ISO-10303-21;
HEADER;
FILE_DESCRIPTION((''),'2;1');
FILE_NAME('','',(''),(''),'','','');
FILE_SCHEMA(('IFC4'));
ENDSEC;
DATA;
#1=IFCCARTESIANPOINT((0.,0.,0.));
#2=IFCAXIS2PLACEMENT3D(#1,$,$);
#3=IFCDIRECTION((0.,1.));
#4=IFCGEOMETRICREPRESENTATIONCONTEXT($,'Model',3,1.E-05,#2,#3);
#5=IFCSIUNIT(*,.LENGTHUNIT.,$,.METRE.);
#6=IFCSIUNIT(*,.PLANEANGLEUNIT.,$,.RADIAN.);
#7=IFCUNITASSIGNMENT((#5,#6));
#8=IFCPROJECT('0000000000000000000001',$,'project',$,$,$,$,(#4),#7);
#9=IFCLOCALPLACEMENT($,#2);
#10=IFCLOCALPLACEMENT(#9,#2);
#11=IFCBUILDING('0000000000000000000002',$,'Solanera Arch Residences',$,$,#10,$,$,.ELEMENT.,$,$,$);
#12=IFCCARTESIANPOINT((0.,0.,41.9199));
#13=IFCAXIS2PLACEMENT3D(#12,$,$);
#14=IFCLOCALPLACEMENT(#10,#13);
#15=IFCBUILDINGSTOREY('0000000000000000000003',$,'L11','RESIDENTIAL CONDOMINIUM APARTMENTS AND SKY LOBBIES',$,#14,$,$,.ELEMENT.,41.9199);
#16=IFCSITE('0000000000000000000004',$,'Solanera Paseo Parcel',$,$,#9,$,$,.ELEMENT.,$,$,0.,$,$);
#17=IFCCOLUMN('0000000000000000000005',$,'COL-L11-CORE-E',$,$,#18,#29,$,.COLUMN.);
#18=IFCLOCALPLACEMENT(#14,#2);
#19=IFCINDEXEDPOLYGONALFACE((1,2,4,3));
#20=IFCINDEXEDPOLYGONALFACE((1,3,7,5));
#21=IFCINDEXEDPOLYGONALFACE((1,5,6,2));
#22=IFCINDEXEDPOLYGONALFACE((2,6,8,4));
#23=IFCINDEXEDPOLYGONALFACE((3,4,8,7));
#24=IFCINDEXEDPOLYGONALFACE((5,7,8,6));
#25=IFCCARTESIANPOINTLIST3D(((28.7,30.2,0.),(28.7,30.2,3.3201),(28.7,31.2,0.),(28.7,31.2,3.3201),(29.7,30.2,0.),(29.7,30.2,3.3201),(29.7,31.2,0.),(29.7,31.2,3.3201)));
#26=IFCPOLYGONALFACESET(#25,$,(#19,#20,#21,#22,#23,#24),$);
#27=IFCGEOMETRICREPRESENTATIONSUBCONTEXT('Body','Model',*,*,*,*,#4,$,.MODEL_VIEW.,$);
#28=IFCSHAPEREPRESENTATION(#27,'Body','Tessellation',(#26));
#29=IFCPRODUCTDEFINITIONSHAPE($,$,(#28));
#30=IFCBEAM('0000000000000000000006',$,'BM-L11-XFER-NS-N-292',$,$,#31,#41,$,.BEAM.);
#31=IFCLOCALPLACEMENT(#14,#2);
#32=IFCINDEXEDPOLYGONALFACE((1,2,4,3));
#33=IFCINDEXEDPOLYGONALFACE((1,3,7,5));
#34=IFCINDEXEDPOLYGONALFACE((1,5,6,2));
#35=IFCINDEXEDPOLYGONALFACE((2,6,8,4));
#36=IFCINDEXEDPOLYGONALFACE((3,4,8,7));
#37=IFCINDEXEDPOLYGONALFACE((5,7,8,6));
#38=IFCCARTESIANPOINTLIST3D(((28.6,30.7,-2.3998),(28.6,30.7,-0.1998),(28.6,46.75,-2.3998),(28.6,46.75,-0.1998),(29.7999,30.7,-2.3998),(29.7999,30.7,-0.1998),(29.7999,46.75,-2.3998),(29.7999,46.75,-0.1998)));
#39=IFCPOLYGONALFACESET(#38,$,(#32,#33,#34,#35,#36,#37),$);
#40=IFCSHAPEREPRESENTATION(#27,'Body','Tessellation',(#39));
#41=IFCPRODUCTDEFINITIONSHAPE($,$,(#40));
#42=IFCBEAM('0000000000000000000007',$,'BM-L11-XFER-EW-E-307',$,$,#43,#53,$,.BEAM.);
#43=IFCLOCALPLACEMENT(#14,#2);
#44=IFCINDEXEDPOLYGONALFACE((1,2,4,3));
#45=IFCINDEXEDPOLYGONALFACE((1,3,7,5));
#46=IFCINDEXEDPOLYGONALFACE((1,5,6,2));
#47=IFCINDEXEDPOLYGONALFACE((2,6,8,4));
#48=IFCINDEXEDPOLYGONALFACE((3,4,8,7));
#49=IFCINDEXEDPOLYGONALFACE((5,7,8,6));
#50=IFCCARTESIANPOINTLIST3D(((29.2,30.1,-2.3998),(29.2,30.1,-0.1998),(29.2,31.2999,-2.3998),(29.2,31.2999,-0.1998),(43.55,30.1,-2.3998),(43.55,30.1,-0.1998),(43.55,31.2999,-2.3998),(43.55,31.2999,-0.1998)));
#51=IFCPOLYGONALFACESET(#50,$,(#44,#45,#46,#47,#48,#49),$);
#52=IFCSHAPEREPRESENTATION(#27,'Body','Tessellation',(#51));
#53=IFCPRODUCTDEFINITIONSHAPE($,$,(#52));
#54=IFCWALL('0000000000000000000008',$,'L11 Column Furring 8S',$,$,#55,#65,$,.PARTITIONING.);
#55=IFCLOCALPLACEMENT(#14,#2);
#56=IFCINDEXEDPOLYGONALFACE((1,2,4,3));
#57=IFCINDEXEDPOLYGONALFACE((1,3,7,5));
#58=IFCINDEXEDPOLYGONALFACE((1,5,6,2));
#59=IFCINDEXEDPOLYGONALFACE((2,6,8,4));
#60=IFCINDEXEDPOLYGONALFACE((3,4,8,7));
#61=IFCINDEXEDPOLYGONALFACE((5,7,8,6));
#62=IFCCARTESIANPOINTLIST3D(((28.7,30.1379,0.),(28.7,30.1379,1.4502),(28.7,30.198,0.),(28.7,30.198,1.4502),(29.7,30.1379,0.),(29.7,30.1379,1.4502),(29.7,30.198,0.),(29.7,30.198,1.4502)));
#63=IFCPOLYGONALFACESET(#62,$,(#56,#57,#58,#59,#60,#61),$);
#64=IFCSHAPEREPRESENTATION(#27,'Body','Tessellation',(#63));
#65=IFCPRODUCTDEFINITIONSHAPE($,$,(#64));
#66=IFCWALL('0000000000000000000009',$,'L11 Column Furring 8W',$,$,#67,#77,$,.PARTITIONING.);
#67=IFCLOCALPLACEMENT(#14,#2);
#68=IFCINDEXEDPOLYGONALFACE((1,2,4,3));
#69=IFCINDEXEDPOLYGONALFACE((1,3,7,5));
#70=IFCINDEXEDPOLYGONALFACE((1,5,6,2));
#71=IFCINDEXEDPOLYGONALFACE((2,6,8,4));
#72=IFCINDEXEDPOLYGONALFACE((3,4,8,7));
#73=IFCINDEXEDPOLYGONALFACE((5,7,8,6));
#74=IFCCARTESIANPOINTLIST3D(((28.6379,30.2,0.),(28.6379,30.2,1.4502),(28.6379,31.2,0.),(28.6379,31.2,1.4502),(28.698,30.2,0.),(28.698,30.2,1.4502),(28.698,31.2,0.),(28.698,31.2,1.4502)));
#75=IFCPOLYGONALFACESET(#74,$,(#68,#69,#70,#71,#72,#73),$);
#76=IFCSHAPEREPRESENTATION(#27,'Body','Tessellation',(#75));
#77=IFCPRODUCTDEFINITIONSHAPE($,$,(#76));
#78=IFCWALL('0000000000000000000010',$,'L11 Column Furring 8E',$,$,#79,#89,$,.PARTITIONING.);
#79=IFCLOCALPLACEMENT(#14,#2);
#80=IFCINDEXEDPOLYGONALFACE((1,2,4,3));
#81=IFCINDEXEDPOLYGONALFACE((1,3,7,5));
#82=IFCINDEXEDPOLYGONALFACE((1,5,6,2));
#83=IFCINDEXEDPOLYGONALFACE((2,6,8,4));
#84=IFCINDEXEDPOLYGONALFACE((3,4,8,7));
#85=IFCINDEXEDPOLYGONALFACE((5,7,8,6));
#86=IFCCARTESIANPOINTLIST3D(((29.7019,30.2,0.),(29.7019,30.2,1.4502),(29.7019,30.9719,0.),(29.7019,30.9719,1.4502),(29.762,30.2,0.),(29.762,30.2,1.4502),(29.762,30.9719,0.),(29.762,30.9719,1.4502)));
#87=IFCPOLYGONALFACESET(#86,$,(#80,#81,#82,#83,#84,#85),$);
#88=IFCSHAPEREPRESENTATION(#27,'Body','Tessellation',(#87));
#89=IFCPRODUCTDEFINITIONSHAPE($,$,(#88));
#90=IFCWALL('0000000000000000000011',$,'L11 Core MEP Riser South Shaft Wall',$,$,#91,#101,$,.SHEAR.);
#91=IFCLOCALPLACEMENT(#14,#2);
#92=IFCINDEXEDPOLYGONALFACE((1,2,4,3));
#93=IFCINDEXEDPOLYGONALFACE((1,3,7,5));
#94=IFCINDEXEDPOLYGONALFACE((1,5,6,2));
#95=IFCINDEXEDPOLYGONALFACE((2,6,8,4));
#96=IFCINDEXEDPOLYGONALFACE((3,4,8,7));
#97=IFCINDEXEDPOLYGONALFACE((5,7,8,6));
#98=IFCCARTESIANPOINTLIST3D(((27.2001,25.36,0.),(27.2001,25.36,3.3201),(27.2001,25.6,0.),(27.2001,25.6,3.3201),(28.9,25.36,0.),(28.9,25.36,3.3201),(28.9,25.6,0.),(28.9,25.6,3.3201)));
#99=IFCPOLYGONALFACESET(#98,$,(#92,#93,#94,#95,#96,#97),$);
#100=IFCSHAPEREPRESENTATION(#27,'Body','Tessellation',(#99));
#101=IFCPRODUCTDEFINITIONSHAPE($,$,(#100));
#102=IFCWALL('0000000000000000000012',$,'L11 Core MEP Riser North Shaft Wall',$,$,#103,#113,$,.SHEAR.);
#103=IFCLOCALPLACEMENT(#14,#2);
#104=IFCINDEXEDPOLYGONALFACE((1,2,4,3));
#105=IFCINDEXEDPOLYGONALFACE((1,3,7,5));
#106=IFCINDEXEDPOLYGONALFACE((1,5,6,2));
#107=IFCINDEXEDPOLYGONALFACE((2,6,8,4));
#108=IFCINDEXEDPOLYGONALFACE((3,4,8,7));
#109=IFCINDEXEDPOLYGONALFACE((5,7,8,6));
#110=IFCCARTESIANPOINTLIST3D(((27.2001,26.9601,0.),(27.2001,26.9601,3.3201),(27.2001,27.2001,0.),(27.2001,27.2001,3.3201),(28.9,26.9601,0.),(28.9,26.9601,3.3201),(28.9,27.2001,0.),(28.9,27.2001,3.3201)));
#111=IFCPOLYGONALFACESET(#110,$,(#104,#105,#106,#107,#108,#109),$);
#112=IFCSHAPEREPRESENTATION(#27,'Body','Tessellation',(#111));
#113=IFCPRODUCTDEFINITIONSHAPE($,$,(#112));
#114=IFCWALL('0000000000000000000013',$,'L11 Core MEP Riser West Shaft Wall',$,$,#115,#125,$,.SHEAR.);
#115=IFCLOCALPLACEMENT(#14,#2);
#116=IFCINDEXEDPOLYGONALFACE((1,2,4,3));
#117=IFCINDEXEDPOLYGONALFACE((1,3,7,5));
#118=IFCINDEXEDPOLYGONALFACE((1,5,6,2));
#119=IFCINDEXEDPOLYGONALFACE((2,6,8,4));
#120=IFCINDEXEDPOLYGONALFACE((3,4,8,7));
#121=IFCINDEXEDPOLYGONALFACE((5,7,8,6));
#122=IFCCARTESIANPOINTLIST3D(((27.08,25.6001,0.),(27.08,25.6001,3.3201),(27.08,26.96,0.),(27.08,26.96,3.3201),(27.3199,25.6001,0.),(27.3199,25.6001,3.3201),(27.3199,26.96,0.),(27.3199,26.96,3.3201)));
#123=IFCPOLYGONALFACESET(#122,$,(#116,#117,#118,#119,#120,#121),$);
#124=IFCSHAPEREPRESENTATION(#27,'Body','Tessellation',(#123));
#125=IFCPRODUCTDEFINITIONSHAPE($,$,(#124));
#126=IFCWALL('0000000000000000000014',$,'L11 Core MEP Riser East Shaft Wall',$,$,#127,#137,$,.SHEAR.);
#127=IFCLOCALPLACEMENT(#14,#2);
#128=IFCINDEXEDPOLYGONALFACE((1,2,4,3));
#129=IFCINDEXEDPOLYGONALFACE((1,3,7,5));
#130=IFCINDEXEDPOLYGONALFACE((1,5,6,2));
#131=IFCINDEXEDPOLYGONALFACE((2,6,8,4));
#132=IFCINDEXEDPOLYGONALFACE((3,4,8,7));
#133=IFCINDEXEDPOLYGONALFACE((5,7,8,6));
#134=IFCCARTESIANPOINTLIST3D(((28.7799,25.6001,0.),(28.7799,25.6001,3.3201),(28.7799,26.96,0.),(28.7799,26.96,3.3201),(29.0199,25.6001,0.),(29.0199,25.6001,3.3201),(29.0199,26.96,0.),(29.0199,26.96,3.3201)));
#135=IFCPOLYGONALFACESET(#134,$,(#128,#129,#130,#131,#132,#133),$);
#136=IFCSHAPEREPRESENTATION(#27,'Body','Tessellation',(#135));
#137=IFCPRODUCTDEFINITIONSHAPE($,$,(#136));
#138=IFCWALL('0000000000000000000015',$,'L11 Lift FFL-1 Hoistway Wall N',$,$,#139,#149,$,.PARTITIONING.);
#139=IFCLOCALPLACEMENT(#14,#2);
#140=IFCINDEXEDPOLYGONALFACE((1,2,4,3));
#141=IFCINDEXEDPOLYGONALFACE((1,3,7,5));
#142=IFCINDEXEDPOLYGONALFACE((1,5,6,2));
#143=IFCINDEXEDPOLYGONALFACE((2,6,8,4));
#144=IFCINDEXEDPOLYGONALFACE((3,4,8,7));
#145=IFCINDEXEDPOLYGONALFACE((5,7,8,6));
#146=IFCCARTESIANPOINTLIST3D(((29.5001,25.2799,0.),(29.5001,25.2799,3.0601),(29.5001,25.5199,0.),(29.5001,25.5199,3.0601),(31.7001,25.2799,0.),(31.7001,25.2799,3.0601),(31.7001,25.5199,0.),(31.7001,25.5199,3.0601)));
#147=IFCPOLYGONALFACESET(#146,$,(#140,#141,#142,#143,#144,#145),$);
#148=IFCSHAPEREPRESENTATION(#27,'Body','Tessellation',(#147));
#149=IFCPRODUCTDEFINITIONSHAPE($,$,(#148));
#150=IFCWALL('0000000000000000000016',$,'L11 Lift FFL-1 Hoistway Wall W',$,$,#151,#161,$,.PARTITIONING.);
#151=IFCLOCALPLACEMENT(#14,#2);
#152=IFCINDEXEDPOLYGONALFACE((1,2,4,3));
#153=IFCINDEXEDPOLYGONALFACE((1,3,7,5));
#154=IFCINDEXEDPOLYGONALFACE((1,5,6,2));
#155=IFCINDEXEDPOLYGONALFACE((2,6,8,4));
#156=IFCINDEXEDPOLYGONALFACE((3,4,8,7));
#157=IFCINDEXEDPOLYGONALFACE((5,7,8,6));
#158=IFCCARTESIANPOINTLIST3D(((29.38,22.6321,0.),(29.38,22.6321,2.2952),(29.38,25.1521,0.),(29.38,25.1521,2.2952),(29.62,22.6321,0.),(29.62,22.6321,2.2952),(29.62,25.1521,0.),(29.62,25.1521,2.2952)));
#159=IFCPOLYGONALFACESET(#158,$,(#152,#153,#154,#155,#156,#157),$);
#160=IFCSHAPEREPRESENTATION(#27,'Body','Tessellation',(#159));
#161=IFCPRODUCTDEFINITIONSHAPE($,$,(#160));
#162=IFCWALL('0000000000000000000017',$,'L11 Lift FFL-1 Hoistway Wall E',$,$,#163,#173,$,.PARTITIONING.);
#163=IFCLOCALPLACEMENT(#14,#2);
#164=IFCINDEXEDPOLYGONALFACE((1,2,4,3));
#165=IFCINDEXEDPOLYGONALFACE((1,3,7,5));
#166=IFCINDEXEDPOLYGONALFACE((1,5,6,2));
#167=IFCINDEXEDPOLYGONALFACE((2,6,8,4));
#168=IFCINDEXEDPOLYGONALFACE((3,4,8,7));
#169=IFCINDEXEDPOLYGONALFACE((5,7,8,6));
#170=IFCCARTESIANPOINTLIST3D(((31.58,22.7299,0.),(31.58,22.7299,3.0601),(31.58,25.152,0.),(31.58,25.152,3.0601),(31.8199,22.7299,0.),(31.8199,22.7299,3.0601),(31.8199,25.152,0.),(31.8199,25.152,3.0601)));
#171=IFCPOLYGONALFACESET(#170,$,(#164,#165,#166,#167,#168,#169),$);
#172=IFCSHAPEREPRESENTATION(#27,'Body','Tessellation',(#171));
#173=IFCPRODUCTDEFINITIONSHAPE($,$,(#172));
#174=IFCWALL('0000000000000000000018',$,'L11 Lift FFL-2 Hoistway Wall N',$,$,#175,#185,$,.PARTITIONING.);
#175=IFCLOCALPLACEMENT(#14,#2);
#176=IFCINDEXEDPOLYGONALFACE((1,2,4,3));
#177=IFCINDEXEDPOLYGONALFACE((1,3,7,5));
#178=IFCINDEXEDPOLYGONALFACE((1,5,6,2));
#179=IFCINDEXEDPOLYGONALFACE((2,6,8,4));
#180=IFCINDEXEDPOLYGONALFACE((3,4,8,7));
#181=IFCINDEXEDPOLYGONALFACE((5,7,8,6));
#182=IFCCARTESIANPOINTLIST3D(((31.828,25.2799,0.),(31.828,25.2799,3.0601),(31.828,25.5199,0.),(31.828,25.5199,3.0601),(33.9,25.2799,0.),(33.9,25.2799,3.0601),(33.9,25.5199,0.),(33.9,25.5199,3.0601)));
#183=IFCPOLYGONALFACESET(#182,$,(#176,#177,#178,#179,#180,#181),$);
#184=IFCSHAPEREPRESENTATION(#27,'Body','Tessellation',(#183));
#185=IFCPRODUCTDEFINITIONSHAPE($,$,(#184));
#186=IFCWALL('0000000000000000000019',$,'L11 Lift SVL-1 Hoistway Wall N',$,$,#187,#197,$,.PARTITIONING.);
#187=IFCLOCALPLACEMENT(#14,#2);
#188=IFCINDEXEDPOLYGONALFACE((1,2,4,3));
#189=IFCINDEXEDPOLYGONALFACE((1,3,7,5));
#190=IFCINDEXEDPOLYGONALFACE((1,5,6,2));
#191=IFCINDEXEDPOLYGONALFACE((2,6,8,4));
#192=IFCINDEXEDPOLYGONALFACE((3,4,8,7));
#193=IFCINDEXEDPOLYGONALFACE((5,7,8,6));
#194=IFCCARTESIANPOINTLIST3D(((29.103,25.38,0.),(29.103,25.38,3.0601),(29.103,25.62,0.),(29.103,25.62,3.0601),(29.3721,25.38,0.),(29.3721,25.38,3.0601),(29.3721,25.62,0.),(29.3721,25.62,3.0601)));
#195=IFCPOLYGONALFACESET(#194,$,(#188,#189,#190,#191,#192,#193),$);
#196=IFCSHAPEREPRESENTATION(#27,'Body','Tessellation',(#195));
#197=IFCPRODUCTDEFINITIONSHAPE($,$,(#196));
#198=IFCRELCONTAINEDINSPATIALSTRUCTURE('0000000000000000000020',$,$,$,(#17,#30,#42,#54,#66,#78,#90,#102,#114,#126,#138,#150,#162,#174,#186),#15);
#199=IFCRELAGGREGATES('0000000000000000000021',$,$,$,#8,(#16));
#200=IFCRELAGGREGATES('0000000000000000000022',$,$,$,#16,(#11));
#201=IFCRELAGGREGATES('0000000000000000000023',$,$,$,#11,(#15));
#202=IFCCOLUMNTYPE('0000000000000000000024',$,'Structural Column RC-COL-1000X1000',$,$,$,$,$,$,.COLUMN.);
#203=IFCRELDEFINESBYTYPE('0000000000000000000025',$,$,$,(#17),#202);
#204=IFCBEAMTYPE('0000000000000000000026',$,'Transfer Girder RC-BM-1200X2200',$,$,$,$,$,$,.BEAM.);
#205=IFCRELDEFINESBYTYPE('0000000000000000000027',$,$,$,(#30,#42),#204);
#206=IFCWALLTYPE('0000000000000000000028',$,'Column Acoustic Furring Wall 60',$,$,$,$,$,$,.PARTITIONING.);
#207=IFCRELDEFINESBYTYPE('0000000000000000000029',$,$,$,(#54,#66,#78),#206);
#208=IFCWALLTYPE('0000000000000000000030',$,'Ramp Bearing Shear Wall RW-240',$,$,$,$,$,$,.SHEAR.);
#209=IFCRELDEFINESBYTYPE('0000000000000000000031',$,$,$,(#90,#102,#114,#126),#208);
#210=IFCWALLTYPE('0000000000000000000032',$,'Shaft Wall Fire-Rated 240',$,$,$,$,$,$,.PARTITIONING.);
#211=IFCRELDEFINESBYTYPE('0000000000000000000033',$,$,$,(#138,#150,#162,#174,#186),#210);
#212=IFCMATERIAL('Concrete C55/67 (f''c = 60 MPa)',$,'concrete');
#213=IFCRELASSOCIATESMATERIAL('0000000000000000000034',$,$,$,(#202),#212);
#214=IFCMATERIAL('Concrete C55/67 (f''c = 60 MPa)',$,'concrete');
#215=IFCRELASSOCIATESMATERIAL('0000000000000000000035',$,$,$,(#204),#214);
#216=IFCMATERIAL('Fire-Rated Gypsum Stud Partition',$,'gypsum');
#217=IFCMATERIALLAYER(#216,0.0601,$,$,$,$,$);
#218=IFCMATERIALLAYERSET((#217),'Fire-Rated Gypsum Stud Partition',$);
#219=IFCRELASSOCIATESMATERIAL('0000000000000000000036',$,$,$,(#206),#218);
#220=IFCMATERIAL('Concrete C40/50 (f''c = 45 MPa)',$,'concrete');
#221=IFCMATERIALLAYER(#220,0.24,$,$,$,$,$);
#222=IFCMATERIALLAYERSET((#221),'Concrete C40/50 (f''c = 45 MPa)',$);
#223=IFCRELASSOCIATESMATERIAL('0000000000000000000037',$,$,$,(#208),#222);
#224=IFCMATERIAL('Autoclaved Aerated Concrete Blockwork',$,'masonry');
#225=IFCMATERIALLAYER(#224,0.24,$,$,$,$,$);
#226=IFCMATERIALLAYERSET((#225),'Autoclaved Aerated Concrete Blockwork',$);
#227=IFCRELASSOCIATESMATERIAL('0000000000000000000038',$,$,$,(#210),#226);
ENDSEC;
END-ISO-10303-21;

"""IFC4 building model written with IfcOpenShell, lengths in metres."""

from ifc_helpers import new_model, si_unit, direction, frame, frame_2d, origin, origin_2d, place, context, subcontext, project, spatial, rectangle, extrude, material, layer, layer_set, material_profile, profile_set, type_object, element, save


model = new_model("IFC4")

# Units and contexts
model_context = context("Model", 3, precision=1e-05, world=origin(), true_north=direction((0.0, 1.0)))
body_context = subcontext(model_context, "Body", "Model", "MODEL_VIEW")
ifc_project = project(units=[si_unit("LENGTHUNIT", "METRE"), si_unit("PLANEANGLEUNIT", "RADIAN")], contexts=[model_context])

# Site, building, storey
site_placement = place(None, origin())
site = spatial("IfcSite", under=ifc_project, at=site_placement, Name="Solanera Paseo Parcel", CompositionType="ELEMENT", RefElevation=0.0)
building_placement = place(site_placement, origin())
building = spatial("IfcBuilding", under=site, at=building_placement, Name="Solanera Arch Residences", CompositionType="ELEMENT")
storey_placement = place(building_placement, frame((0.0, 0.0, 41.9199)))
storey = spatial("IfcBuildingStorey", under=building, at=storey_placement, Name="L11", Description="RESIDENTIAL CONDOMINIUM APARTMENTS AND SKY LOBBIES", CompositionType="ELEMENT", Elevation=41.9199)

# Column
ifc_material_1 = material(Name="Concrete C55/67 (f'c = 60 MPa)", Category="concrete")
ifc_material_profile_1 = material_profile(ifc_material_1, rectangle(XDim=1.0, YDim=1.0, at=origin_2d()))
ifc_profile_set_1 = profile_set([ifc_material_profile_1], Name="Concrete C55/67 (f'c = 60 MPa)")
column_type = type_object("IfcColumnType", Name="Structural Column RC-COL-1000X1000", PredefinedType="COLUMN", material=ifc_profile_set_1)
column_placement = place(storey_placement, frame((29.2, 30.7, 0.0), z_axis=(0.0, 0.0, 1.0), x_axis=(1.0, 0.0, 0.0)))
element("IfcColumn", 1, at=column_placement, inside=storey, type_object=column_type, Name="COL-L11-CORE-E", PredefinedType="COLUMN", context=body_context, shape_type="SweptSolid", body=[
    extrude(rectangle(XDim=1.0, YDim=1.0, at=origin_2d()), origin(), (0.0, 0.0, 1.0), 3.3201),
])

# Beams
ifc_material_2 = material(Name="Concrete C55/67 (f'c = 60 MPa)", Category="concrete")
ifc_material_profile_2 = material_profile(ifc_material_2, rectangle(XDim=1.2, YDim=2.2, at=origin_2d()))
ifc_profile_set_2 = profile_set([ifc_material_profile_2], Name="Concrete C55/67 (f'c = 60 MPa)")
beam_type = type_object("IfcBeamType", Name="Transfer Girder RC-BM-1200X2200", PredefinedType="BEAM", material=ifc_profile_set_2)
beam_1_placement = place(storey_placement, frame((29.2, 30.7, -1.2998), z_axis=(0.0, 1.0, 0.0), x_axis=(-1.0, 0.0, 0.0)))
element("IfcBeam", 2, at=beam_1_placement, inside=storey, type_object=beam_type, Name="BM-L11-XFER-NS-N-292", PredefinedType="BEAM", context=body_context, shape_type="SweptSolid", body=[
    extrude(rectangle(XDim=1.2, YDim=2.2, at=origin_2d()), origin(), (0.0, 0.0, 1.0), 16.05),
])
beam_2_placement = place(storey_placement, frame((29.2, 30.7, -1.2998), z_axis=(1.0, 0.0, 0.0), x_axis=(0.0, 1.0, 0.0)))
element("IfcBeam", 3, at=beam_2_placement, inside=storey, type_object=beam_type, Name="BM-L11-XFER-EW-E-307", PredefinedType="BEAM", context=body_context, shape_type="SweptSolid", body=[
    extrude(rectangle(XDim=1.2, YDim=2.2, at=origin_2d()), origin(), (0.0, 0.0, 1.0), 14.3501),
])

# Walls
ifc_material_3 = material(Name="Fire-Rated Gypsum Stud Partition", Category="gypsum")
ifc_layer_1 = layer(ifc_material_3, 0.0601)
ifc_layer_set_1 = layer_set([ifc_layer_1], Name="Fire-Rated Gypsum Stud Partition")
wall_type_1 = type_object("IfcWallType", Name="Column Acoustic Furring Wall 60", PredefinedType="PARTITIONING", material=ifc_layer_set_1)
for number, where, z_axis, x_axis, name in (
    (4, (28.7, 30.168, 0.0), (0.0, 0.0, 1.0), (1.0, 0.0, 0.0), "L11 Column Furring 8S"),
    (5, (28.668, 30.2, 0.0), (0.0, 0.0, 1.0), (0.0, 1.0, 0.0), "L11 Column Furring 8W"),
):
    element("IfcWall", number, at=place(storey_placement, frame(where, z_axis=z_axis, x_axis=x_axis)), inside=storey, type_object=wall_type_1, Name=name, PredefinedType="PARTITIONING", context=body_context, shape_type="SweptSolid", body=[
        extrude(rectangle(XDim=1.0, YDim=0.0601, at=frame_2d((0.5, 0.0))), origin(), (0.0, 0.0, 1.0), 1.4502),
    ])
wall_1_placement = place(storey_placement, frame((29.7319, 30.2, 0.0), z_axis=(0.0, 0.0, 1.0), x_axis=(0.0, 1.0, 0.0)))
element("IfcWall", 6, at=wall_1_placement, inside=storey, type_object=wall_type_1, Name="L11 Column Furring 8E", PredefinedType="PARTITIONING", context=body_context, shape_type="SweptSolid", body=[
    extrude(rectangle(XDim=0.772, YDim=0.0601, at=frame_2d((0.386, 0.0))), origin(), (0.0, 0.0, 1.0), 1.4502),
])
ifc_material_4 = material(Name="Concrete C40/50 (f'c = 45 MPa)", Category="concrete")
ifc_layer_2 = layer(ifc_material_4, 0.24)
ifc_layer_set_2 = layer_set([ifc_layer_2], Name="Concrete C40/50 (f'c = 45 MPa)")
wall_type_2 = type_object("IfcWallType", Name="Ramp Bearing Shear Wall RW-240", PredefinedType="SHEAR", material=ifc_layer_set_2)
for number, where, z_axis, x_axis, name in (
    (7, (27.2, 25.48, 0.0), (0.0, 0.0, 1.0), (1.0, 0.0, 0.0), "L11 Core MEP Riser South Shaft Wall"),
    (8, (27.2, 27.0801, 0.0), (0.0, 0.0, 1.0), (1.0, 0.0, 0.0), "L11 Core MEP Riser North Shaft Wall"),
):
    element("IfcWall", number, at=place(storey_placement, frame(where, z_axis=z_axis, x_axis=x_axis)), inside=storey, type_object=wall_type_2, Name=name, PredefinedType="SHEAR", context=body_context, shape_type="SweptSolid", body=[
        extrude(rectangle(XDim=1.7, YDim=0.24, at=frame_2d((0.8501, 0.0))), origin(), (0.0, 0.0, 1.0), 3.3201),
    ])
for number, where, z_axis, x_axis, name in (
    (9, (27.2, 25.6001, 0.0), (0.0, 0.0, 1.0), (0.0, 1.0, 0.0), "L11 Core MEP Riser West Shaft Wall"),
    (10, (28.8999, 25.6001, 0.0), (0.0, 0.0, 1.0), (0.0, 1.0, 0.0), "L11 Core MEP Riser East Shaft Wall"),
):
    element("IfcWall", number, at=place(storey_placement, frame(where, z_axis=z_axis, x_axis=x_axis)), inside=storey, type_object=wall_type_2, Name=name, PredefinedType="SHEAR", context=body_context, shape_type="SweptSolid", body=[
        extrude(rectangle(XDim=1.3599, YDim=0.24, at=frame_2d((0.6799, 0.0))), origin(), (0.0, 0.0, 1.0), 3.3201),
    ])
ifc_material_5 = material(Name="Autoclaved Aerated Concrete Blockwork", Category="masonry")
ifc_layer_3 = layer(ifc_material_5, 0.24)
ifc_layer_set_3 = layer_set([ifc_layer_3], Name="Autoclaved Aerated Concrete Blockwork")
wall_type_3 = type_object("IfcWallType", Name="Shaft Wall Fire-Rated 240", PredefinedType="PARTITIONING", material=ifc_layer_set_3)
wall_2_placement = place(storey_placement, frame((29.5, 25.3999, 0.0), z_axis=(0.0, 0.0, 1.0), x_axis=(1.0, 0.0, 0.0)))
element("IfcWall", 11, at=wall_2_placement, inside=storey, type_object=wall_type_3, Name="L11 Lift FFL-1 Hoistway Wall N", PredefinedType="PARTITIONING", context=body_context, shape_type="SweptSolid", body=[
    extrude(rectangle(XDim=2.2, YDim=0.24, at=frame_2d((1.1001, 0.0))), origin(), (0.0, 0.0, 1.0), 3.0601),
])
wall_3_placement = place(storey_placement, frame((29.5, 22.6321, 0.0), z_axis=(0.0, 0.0, 1.0), x_axis=(0.0, 1.0, 0.0)))
element("IfcWall", 12, at=wall_3_placement, inside=storey, type_object=wall_type_3, Name="L11 Lift FFL-1 Hoistway Wall W", PredefinedType="PARTITIONING", context=body_context, shape_type="SweptSolid", body=[
    extrude(rectangle(XDim=2.52, YDim=0.24, at=frame_2d((1.26, 0.0))), origin(), (0.0, 0.0, 1.0), 2.2952),
])
wall_4_placement = place(storey_placement, frame((31.7, 22.73, 0.0), z_axis=(0.0, 0.0, 1.0), x_axis=(0.0, 1.0, 0.0)))
element("IfcWall", 13, at=wall_4_placement, inside=storey, type_object=wall_type_3, Name="L11 Lift FFL-1 Hoistway Wall E", PredefinedType="PARTITIONING", context=body_context, shape_type="SweptSolid", body=[
    extrude(rectangle(XDim=2.4221, YDim=0.24, at=frame_2d((1.2109, 0.0))), origin(), (0.0, 0.0, 1.0), 3.0601),
])
wall_5_placement = place(storey_placement, frame((31.8279, 25.3999, 0.0), z_axis=(0.0, 0.0, 1.0), x_axis=(1.0, 0.0, 0.0)))
element("IfcWall", 14, at=wall_5_placement, inside=storey, type_object=wall_type_3, Name="L11 Lift FFL-2 Hoistway Wall N", PredefinedType="PARTITIONING", context=body_context, shape_type="SweptSolid", body=[
    extrude(rectangle(XDim=2.072, YDim=0.24, at=frame_2d((1.0361, 0.0))), origin(), (0.0, 0.0, 1.0), 3.0601),
])
wall_6_placement = place(storey_placement, frame((29.103, 25.5, 0.0), z_axis=(0.0, 0.0, 1.0), x_axis=(1.0, 0.0, 0.0)))
element("IfcWall", 15, at=wall_6_placement, inside=storey, type_object=wall_type_3, Name="L11 Lift SVL-1 Hoistway Wall N", PredefinedType="PARTITIONING", context=body_context, shape_type="SweptSolid", body=[
    extrude(rectangle(XDim=0.269, YDim=0.24, at=frame_2d((0.1345, 0.0))), origin(), (0.0, 0.0, 1.0), 3.0601),
])

save(model, "model.ifc")
